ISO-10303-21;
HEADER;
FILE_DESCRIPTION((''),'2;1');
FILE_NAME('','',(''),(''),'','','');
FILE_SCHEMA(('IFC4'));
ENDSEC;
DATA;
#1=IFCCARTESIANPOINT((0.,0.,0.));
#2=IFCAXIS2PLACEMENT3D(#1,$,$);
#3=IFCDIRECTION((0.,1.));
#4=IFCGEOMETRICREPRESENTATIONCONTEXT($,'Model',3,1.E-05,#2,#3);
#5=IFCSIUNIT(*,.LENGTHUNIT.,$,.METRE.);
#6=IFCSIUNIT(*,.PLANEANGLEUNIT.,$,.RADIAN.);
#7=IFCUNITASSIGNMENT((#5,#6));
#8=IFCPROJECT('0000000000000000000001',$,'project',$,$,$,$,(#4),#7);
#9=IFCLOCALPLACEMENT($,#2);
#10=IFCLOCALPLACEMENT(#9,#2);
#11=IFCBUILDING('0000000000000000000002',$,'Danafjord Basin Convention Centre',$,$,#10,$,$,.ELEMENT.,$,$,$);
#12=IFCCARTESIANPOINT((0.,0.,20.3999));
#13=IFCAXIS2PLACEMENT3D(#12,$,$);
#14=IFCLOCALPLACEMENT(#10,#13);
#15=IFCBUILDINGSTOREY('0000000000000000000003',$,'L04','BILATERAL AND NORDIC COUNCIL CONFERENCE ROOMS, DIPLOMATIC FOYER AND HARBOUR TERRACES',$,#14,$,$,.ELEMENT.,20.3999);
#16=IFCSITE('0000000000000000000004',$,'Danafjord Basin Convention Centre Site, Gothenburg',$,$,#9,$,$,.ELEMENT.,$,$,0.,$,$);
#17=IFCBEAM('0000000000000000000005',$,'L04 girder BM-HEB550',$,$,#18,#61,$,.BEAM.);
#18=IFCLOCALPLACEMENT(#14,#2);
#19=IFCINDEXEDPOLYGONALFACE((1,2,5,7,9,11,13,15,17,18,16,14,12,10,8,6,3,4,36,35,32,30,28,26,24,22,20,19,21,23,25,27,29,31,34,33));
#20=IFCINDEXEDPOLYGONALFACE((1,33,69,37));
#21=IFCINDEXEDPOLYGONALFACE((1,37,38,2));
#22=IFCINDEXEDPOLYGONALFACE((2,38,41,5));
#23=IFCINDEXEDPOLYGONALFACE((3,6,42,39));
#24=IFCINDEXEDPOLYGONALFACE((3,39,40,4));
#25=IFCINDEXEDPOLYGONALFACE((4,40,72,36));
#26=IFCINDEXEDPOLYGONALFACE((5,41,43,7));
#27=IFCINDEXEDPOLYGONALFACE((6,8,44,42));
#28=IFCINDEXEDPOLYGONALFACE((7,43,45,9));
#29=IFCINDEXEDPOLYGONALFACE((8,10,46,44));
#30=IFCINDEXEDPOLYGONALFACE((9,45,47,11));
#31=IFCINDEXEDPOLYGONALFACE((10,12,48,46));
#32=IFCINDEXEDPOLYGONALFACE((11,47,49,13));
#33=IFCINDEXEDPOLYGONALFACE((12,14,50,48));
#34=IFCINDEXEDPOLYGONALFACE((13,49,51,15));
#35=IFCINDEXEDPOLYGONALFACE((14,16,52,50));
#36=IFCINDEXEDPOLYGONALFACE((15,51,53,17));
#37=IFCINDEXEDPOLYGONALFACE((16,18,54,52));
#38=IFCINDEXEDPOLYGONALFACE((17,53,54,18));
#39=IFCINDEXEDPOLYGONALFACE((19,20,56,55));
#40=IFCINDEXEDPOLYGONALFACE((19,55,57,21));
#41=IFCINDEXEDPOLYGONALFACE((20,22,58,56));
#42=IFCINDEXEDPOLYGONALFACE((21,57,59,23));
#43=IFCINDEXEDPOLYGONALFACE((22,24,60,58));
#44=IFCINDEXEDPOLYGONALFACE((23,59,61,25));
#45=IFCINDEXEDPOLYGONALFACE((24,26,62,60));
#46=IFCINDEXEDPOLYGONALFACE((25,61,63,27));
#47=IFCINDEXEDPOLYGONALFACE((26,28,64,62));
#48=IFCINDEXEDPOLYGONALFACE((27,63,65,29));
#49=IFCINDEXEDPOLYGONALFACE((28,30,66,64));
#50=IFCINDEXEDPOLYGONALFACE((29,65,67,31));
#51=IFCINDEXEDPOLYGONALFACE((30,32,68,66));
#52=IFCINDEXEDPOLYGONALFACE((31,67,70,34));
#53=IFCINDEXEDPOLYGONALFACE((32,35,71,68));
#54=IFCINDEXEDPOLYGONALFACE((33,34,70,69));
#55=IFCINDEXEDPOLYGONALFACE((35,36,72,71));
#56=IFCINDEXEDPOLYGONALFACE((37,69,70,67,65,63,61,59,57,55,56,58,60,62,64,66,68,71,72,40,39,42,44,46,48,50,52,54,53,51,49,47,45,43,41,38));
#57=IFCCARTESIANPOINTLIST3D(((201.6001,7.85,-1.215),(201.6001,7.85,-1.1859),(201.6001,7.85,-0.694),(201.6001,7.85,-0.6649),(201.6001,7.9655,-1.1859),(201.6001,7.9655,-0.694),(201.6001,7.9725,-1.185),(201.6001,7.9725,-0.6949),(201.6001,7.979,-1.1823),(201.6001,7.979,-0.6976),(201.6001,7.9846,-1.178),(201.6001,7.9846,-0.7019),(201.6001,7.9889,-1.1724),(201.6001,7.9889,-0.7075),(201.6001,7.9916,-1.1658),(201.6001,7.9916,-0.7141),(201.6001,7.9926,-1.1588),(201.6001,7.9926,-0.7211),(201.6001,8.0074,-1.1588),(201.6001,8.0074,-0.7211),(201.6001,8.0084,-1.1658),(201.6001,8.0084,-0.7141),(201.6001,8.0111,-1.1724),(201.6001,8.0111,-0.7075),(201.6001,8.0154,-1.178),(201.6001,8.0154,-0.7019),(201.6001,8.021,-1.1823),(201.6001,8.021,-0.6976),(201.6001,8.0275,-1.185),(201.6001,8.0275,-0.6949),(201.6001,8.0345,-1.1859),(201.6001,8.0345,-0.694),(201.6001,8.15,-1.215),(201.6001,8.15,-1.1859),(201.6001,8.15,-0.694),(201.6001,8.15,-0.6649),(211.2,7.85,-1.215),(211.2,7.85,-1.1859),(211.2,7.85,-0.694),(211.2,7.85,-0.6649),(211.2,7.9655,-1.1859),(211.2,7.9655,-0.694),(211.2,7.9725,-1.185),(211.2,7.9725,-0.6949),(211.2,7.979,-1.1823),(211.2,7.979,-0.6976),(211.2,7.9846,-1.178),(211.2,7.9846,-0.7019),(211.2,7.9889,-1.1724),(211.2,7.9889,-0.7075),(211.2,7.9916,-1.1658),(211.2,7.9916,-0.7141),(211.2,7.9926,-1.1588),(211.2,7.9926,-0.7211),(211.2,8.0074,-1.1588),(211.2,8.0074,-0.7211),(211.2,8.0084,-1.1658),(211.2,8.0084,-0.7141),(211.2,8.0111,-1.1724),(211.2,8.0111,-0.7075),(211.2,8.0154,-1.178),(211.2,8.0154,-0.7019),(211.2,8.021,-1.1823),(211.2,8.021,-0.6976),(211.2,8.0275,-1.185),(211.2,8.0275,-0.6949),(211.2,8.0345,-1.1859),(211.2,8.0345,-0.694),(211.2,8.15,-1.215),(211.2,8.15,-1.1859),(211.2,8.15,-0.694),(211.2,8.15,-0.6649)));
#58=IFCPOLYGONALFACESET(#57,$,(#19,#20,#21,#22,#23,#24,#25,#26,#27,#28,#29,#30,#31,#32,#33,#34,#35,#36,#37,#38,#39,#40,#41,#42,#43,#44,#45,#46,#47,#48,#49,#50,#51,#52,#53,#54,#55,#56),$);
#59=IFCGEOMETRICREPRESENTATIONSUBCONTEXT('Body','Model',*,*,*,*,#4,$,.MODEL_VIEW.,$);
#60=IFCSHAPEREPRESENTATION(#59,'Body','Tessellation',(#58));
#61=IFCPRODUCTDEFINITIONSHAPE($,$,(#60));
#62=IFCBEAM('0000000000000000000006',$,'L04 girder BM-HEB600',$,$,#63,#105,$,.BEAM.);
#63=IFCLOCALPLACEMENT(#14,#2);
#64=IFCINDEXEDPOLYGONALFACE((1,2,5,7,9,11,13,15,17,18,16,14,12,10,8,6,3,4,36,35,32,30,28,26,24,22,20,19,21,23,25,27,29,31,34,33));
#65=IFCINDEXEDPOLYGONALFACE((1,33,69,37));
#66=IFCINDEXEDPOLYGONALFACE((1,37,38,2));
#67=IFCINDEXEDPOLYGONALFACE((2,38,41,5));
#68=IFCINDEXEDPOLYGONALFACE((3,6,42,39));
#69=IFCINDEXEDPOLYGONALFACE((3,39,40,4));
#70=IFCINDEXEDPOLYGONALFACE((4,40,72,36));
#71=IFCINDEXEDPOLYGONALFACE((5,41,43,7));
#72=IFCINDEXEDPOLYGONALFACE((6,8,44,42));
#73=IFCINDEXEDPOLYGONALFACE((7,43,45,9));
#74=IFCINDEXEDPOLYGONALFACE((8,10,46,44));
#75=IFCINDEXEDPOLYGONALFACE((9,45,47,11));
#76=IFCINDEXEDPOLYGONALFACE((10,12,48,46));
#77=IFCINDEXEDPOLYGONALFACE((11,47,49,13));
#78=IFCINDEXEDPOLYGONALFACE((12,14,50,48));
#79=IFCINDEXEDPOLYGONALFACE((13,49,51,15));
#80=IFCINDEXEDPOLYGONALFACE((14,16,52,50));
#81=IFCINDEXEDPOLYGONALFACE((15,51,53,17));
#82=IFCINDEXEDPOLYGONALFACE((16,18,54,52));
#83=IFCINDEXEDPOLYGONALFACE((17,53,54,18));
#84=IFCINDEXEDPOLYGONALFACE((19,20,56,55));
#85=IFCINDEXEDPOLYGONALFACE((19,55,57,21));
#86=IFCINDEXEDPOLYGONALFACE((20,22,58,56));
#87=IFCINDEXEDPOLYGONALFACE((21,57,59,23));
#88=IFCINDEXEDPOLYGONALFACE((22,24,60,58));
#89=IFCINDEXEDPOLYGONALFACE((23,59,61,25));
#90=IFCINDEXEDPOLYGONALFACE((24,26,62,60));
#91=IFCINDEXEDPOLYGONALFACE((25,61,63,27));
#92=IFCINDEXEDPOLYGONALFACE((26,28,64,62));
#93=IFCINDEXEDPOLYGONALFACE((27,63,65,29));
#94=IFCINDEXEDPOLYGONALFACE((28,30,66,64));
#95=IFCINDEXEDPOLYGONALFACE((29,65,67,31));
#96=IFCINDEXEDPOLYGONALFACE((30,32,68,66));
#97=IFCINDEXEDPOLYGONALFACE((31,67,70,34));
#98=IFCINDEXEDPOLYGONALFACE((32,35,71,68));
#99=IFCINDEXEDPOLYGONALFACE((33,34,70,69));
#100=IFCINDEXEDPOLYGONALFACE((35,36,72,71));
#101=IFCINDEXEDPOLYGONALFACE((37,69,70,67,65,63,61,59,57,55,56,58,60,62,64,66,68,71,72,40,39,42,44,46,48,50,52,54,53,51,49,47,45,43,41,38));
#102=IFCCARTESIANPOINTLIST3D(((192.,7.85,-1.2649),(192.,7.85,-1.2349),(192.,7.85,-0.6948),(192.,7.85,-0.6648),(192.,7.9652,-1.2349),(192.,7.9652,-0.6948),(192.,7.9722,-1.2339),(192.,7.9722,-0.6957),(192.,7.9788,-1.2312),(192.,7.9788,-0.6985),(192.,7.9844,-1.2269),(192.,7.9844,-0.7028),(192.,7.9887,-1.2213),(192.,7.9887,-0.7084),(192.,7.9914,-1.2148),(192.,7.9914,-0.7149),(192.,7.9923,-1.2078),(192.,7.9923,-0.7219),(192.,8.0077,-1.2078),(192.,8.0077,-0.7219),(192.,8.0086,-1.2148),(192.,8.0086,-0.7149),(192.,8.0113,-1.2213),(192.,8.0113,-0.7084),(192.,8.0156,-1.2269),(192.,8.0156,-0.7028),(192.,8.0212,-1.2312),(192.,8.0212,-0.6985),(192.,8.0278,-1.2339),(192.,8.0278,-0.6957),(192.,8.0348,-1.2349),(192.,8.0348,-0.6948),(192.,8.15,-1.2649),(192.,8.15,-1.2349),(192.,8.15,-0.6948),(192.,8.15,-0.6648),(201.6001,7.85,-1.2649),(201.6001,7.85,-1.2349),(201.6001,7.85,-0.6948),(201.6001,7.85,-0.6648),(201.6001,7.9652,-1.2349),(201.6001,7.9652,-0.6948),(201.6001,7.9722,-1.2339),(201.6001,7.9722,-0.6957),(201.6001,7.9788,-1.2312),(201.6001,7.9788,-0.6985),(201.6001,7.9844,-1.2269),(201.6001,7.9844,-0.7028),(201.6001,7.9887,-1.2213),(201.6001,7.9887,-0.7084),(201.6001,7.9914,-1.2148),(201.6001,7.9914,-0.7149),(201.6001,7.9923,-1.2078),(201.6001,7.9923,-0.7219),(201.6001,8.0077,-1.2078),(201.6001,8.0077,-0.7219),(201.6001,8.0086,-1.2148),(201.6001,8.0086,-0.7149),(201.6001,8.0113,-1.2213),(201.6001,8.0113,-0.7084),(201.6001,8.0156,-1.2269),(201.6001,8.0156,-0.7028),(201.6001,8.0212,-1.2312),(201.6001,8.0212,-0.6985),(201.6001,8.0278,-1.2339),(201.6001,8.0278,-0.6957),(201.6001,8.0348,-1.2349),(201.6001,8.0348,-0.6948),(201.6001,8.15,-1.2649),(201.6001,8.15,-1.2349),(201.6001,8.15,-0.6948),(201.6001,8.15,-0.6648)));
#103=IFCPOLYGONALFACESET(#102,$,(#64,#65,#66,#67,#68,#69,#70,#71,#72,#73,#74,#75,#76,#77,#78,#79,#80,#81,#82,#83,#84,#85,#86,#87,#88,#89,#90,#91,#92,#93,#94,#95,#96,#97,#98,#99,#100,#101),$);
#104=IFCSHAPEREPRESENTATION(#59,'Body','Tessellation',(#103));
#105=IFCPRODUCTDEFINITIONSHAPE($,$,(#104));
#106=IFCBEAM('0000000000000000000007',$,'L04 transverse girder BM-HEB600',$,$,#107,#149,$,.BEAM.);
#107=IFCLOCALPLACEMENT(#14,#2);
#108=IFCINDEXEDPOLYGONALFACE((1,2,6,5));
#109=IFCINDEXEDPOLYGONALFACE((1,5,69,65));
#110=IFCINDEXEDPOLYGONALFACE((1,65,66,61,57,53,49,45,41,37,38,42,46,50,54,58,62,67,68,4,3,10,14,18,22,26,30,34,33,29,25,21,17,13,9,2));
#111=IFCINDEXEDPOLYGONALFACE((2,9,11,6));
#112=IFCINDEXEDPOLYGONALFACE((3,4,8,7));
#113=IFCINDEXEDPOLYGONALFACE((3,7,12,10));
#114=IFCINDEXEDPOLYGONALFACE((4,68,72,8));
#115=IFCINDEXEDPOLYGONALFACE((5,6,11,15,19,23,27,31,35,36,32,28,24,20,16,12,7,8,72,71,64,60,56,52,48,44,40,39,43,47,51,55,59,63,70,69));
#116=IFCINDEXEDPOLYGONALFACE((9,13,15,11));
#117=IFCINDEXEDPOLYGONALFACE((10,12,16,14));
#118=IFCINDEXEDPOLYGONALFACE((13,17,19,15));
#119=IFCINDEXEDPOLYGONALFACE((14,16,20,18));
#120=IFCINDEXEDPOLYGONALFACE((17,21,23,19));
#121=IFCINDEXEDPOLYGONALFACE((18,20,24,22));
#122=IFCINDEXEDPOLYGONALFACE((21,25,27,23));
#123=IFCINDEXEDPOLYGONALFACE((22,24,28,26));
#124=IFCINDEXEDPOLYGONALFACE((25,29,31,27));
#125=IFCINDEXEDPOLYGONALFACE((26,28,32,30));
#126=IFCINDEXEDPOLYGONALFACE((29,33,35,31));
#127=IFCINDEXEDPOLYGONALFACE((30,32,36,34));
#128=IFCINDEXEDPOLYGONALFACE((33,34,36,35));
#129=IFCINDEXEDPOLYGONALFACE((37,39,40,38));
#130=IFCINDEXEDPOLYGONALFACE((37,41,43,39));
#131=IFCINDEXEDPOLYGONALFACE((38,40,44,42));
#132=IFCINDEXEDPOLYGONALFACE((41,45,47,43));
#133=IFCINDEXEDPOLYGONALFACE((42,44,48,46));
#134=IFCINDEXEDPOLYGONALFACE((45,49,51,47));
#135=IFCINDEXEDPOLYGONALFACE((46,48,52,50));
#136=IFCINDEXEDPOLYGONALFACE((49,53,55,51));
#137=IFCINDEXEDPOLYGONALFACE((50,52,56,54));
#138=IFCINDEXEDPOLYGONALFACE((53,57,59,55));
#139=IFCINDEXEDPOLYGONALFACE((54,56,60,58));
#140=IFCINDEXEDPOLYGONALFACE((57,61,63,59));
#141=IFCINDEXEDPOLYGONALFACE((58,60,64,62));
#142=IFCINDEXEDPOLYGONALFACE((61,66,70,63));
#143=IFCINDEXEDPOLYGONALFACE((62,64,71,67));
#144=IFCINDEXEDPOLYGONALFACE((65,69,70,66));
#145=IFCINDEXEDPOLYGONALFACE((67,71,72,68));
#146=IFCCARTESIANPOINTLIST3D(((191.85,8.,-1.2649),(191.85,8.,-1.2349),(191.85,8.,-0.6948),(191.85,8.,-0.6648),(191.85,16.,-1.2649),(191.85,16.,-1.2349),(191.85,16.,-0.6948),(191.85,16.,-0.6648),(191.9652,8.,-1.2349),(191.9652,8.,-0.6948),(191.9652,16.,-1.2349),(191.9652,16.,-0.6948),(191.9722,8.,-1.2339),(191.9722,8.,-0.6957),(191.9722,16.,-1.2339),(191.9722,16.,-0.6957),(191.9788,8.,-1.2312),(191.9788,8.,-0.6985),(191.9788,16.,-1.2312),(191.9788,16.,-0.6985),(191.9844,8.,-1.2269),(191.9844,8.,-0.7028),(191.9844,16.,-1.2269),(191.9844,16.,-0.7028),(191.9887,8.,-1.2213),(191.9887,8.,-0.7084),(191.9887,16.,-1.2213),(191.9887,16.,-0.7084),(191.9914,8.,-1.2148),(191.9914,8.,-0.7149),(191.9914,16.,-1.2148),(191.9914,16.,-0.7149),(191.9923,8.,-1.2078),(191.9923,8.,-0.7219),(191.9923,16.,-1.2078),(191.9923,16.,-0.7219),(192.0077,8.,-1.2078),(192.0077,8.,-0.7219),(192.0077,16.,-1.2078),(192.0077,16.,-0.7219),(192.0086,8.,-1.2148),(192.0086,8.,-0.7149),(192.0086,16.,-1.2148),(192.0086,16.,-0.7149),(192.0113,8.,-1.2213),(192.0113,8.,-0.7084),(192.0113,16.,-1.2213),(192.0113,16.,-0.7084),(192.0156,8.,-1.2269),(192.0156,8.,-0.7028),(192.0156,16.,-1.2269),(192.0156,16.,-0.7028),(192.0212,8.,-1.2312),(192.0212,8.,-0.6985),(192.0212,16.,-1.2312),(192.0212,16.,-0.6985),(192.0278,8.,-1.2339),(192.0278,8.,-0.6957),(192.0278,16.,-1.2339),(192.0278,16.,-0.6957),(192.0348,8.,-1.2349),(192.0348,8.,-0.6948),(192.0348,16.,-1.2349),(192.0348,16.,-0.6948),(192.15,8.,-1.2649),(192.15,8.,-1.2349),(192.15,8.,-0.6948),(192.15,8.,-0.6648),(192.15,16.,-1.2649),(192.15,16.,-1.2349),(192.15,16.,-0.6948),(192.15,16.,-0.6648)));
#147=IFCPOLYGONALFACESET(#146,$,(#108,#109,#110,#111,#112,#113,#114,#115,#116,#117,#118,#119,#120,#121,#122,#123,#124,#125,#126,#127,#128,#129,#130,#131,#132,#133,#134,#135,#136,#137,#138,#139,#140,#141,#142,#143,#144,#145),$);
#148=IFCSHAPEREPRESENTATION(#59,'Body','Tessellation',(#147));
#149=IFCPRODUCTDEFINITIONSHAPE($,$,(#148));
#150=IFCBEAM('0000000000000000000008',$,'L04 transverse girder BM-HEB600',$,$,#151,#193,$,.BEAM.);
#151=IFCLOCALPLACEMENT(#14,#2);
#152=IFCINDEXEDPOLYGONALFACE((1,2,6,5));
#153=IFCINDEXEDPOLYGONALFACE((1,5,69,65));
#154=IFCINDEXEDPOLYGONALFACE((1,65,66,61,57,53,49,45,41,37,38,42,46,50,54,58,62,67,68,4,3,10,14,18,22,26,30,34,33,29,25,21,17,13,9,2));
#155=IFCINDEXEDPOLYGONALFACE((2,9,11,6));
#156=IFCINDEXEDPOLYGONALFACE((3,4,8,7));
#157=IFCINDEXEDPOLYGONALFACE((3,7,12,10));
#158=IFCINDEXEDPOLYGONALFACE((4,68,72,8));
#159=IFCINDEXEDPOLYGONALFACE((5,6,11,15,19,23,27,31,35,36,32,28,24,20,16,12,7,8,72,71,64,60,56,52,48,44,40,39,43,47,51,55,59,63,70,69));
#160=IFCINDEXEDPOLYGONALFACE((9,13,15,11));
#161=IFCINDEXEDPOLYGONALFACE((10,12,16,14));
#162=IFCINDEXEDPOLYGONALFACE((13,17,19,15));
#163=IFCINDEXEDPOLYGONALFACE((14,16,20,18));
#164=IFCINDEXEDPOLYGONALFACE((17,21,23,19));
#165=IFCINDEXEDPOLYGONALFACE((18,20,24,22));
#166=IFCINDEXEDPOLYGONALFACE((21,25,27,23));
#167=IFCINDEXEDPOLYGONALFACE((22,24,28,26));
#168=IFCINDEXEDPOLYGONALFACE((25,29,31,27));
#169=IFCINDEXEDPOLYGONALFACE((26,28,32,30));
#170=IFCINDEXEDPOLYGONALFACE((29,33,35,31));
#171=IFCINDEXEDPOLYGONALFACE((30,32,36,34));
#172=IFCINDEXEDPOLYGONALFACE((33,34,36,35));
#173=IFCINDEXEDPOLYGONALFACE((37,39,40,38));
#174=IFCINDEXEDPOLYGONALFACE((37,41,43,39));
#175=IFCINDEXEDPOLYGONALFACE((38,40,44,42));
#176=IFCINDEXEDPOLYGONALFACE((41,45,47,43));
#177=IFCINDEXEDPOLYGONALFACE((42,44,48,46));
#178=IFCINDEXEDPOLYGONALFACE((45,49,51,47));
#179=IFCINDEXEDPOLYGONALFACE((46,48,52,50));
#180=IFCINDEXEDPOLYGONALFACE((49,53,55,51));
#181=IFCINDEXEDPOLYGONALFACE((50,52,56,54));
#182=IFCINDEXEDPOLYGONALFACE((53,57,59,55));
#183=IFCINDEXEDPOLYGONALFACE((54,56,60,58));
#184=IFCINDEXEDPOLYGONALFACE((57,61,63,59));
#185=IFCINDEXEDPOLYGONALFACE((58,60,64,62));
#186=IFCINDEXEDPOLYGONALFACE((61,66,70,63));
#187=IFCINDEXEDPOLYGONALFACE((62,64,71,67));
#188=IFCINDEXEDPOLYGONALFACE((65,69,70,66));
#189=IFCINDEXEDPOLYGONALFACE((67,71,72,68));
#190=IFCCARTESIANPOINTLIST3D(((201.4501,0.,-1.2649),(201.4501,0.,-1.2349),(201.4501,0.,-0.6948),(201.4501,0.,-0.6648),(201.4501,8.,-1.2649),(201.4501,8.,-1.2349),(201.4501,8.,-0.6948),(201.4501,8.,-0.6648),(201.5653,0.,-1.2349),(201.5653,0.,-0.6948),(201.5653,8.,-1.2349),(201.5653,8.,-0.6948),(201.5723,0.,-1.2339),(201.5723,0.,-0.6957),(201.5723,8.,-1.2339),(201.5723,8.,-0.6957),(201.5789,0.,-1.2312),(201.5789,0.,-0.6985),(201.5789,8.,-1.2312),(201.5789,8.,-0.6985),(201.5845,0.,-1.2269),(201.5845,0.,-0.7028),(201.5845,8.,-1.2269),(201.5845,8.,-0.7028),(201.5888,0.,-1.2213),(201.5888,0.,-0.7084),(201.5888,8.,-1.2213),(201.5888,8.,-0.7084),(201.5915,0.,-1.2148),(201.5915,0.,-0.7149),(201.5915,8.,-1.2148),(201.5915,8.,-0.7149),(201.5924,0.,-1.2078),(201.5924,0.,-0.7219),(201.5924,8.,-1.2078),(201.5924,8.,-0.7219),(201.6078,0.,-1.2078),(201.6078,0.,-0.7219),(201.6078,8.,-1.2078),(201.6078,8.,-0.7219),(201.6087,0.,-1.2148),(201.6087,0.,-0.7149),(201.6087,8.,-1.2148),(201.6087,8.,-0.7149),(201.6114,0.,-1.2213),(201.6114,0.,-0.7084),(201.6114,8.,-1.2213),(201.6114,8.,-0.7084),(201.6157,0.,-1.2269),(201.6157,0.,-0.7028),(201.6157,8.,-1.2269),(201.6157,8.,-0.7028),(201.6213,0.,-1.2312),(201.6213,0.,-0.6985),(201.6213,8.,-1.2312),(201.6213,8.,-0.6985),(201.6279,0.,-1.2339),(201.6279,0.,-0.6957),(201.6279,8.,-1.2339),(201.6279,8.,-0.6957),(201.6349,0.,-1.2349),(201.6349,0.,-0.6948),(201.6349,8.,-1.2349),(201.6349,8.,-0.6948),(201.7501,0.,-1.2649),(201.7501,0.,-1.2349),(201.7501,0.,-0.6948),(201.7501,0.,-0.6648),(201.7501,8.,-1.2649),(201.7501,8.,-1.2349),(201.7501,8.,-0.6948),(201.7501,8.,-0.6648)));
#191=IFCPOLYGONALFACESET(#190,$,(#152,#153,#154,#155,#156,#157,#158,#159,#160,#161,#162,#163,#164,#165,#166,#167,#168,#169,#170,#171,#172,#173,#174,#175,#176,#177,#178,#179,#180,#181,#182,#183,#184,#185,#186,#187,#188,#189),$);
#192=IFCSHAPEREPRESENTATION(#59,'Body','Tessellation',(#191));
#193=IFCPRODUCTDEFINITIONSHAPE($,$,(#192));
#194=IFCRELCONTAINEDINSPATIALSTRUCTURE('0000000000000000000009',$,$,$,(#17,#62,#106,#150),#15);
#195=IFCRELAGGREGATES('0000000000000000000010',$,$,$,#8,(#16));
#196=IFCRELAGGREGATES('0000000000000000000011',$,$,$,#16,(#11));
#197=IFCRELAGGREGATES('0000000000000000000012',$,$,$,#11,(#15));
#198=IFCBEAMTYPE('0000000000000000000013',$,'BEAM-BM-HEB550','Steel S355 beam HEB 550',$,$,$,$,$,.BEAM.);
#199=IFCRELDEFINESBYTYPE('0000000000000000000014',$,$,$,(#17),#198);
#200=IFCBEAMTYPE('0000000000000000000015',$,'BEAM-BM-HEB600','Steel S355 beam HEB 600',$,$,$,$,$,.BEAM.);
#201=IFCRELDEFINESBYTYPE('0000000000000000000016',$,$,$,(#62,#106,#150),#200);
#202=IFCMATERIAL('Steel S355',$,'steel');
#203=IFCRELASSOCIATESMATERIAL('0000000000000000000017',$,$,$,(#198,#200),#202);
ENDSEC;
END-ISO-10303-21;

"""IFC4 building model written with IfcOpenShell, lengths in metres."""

from ifc_helpers import new_model, si_unit, direction, frame, origin, origin_2d, place, context, subcontext, project, spatial, i_section, extrude, material, material_profile, profile_set, type_object, element, save


model = new_model("IFC4")

# Units and contexts
model_context = context("Model", 3, precision=1e-05, world=origin(), true_north=direction((0.0, 1.0)))
body_context = subcontext(model_context, "Body", "Model", "MODEL_VIEW")
ifc_project = project(units=[si_unit("LENGTHUNIT", "METRE"), si_unit("PLANEANGLEUNIT", "RADIAN")], contexts=[model_context])

# Site, building, storey
site_placement = place(None, origin())
site = spatial("IfcSite", under=ifc_project, at=site_placement, Name="Danafjord Basin Convention Centre Site, Gothenburg", CompositionType="ELEMENT", RefElevation=0.0)
building_placement = place(site_placement, origin())
building = spatial("IfcBuilding", under=site, at=building_placement, Name="Danafjord Basin Convention Centre", CompositionType="ELEMENT")
storey_placement = place(building_placement, frame((0.0, 0.0, 20.3999)))
storey = spatial("IfcBuildingStorey", under=building, at=storey_placement, Name="L04", Description="BILATERAL AND NORDIC COUNCIL CONFERENCE ROOMS, DIPLOMATIC FOYER AND HARBOUR TERRACES", CompositionType="ELEMENT", Elevation=20.3999)

# Beams
ifc_material_1 = material(Name="Steel S355", Category="steel")
ifc_material_profile_1 = material_profile(ifc_material_1, i_section(OverallWidth=0.3, OverallDepth=0.55, WebThickness=0.0149, FlangeThickness=0.0291, FilletRadius=0.0271, at=origin_2d()), Name="HEB 550")
ifc_profile_set_1 = profile_set([ifc_material_profile_1], Name="Steel S355")
beam_type_1 = type_object("IfcBeamType", Name="BEAM-BM-HEB550", Description="Steel S355 beam HEB 550", PredefinedType="BEAM", material=ifc_profile_set_1)
beam_1_placement = place(storey_placement, frame((201.6001, 8.0, -0.9399), z_axis=(1.0, 0.0, 0.0), x_axis=(0.0, 1.0, 0.0)))
element("IfcBeam", 1, at=beam_1_placement, inside=storey, type_object=beam_type_1, Name="L04 girder BM-HEB550", PredefinedType="BEAM", context=body_context, shape_type="SweptSolid", body=[
    extrude(i_section(OverallWidth=0.3, OverallDepth=0.55, WebThickness=0.0149, FlangeThickness=0.0291, FilletRadius=0.0271, at=origin_2d()), origin(), (0.0, 0.0, 1.0), 9.5999),
])
ifc_material_profile_2 = material_profile(ifc_material_1, i_section(OverallWidth=0.3, OverallDepth=0.6001, WebThickness=0.0154, FlangeThickness=0.03, FilletRadius=0.0271, at=origin_2d()), Name="HEB 600")
ifc_profile_set_2 = profile_set([ifc_material_profile_2], Name="Steel S355")
beam_type_2 = type_object("IfcBeamType", Name="BEAM-BM-HEB600", Description="Steel S355 beam HEB 600", PredefinedType="BEAM", material=ifc_profile_set_2)
beam_2_placement = place(storey_placement, frame((192.0, 8.0, -0.9648), z_axis=(1.0, 0.0, 0.0), x_axis=(0.0, 1.0, 0.0)))
element("IfcBeam", 2, at=beam_2_placement, inside=storey, type_object=beam_type_2, Name="L04 girder BM-HEB600", PredefinedType="BEAM", context=body_context, shape_type="SweptSolid", body=[
    extrude(i_section(OverallWidth=0.3, OverallDepth=0.6001, WebThickness=0.0154, FlangeThickness=0.03, FilletRadius=0.0271, at=origin_2d()), origin(), (0.0, 0.0, 1.0), 9.6001),
])
for number, where, z_axis, x_axis, name in (
    (3, (192.0, 8.0, -0.9648), (0.0, 1.0, 0.0), (-1.0, 0.0, 0.0), "L04 transverse girder BM-HEB600"),
    (4, (201.6001, 0.0, -0.9648), (0.0, 1.0, 0.0), (-1.0, 0.0, 0.0), "L04 transverse girder BM-HEB600"),
):
    element("IfcBeam", number, at=place(storey_placement, frame(where, z_axis=z_axis, x_axis=x_axis)), inside=storey, type_object=beam_type_2, Name=name, PredefinedType="BEAM", context=body_context, shape_type="SweptSolid", body=[
        extrude(i_section(OverallWidth=0.3, OverallDepth=0.6001, WebThickness=0.0154, FlangeThickness=0.03, FilletRadius=0.0271, at=origin_2d()), origin(), (0.0, 0.0, 1.0), 8.0),
    ])

save(model, "model.ifc")
